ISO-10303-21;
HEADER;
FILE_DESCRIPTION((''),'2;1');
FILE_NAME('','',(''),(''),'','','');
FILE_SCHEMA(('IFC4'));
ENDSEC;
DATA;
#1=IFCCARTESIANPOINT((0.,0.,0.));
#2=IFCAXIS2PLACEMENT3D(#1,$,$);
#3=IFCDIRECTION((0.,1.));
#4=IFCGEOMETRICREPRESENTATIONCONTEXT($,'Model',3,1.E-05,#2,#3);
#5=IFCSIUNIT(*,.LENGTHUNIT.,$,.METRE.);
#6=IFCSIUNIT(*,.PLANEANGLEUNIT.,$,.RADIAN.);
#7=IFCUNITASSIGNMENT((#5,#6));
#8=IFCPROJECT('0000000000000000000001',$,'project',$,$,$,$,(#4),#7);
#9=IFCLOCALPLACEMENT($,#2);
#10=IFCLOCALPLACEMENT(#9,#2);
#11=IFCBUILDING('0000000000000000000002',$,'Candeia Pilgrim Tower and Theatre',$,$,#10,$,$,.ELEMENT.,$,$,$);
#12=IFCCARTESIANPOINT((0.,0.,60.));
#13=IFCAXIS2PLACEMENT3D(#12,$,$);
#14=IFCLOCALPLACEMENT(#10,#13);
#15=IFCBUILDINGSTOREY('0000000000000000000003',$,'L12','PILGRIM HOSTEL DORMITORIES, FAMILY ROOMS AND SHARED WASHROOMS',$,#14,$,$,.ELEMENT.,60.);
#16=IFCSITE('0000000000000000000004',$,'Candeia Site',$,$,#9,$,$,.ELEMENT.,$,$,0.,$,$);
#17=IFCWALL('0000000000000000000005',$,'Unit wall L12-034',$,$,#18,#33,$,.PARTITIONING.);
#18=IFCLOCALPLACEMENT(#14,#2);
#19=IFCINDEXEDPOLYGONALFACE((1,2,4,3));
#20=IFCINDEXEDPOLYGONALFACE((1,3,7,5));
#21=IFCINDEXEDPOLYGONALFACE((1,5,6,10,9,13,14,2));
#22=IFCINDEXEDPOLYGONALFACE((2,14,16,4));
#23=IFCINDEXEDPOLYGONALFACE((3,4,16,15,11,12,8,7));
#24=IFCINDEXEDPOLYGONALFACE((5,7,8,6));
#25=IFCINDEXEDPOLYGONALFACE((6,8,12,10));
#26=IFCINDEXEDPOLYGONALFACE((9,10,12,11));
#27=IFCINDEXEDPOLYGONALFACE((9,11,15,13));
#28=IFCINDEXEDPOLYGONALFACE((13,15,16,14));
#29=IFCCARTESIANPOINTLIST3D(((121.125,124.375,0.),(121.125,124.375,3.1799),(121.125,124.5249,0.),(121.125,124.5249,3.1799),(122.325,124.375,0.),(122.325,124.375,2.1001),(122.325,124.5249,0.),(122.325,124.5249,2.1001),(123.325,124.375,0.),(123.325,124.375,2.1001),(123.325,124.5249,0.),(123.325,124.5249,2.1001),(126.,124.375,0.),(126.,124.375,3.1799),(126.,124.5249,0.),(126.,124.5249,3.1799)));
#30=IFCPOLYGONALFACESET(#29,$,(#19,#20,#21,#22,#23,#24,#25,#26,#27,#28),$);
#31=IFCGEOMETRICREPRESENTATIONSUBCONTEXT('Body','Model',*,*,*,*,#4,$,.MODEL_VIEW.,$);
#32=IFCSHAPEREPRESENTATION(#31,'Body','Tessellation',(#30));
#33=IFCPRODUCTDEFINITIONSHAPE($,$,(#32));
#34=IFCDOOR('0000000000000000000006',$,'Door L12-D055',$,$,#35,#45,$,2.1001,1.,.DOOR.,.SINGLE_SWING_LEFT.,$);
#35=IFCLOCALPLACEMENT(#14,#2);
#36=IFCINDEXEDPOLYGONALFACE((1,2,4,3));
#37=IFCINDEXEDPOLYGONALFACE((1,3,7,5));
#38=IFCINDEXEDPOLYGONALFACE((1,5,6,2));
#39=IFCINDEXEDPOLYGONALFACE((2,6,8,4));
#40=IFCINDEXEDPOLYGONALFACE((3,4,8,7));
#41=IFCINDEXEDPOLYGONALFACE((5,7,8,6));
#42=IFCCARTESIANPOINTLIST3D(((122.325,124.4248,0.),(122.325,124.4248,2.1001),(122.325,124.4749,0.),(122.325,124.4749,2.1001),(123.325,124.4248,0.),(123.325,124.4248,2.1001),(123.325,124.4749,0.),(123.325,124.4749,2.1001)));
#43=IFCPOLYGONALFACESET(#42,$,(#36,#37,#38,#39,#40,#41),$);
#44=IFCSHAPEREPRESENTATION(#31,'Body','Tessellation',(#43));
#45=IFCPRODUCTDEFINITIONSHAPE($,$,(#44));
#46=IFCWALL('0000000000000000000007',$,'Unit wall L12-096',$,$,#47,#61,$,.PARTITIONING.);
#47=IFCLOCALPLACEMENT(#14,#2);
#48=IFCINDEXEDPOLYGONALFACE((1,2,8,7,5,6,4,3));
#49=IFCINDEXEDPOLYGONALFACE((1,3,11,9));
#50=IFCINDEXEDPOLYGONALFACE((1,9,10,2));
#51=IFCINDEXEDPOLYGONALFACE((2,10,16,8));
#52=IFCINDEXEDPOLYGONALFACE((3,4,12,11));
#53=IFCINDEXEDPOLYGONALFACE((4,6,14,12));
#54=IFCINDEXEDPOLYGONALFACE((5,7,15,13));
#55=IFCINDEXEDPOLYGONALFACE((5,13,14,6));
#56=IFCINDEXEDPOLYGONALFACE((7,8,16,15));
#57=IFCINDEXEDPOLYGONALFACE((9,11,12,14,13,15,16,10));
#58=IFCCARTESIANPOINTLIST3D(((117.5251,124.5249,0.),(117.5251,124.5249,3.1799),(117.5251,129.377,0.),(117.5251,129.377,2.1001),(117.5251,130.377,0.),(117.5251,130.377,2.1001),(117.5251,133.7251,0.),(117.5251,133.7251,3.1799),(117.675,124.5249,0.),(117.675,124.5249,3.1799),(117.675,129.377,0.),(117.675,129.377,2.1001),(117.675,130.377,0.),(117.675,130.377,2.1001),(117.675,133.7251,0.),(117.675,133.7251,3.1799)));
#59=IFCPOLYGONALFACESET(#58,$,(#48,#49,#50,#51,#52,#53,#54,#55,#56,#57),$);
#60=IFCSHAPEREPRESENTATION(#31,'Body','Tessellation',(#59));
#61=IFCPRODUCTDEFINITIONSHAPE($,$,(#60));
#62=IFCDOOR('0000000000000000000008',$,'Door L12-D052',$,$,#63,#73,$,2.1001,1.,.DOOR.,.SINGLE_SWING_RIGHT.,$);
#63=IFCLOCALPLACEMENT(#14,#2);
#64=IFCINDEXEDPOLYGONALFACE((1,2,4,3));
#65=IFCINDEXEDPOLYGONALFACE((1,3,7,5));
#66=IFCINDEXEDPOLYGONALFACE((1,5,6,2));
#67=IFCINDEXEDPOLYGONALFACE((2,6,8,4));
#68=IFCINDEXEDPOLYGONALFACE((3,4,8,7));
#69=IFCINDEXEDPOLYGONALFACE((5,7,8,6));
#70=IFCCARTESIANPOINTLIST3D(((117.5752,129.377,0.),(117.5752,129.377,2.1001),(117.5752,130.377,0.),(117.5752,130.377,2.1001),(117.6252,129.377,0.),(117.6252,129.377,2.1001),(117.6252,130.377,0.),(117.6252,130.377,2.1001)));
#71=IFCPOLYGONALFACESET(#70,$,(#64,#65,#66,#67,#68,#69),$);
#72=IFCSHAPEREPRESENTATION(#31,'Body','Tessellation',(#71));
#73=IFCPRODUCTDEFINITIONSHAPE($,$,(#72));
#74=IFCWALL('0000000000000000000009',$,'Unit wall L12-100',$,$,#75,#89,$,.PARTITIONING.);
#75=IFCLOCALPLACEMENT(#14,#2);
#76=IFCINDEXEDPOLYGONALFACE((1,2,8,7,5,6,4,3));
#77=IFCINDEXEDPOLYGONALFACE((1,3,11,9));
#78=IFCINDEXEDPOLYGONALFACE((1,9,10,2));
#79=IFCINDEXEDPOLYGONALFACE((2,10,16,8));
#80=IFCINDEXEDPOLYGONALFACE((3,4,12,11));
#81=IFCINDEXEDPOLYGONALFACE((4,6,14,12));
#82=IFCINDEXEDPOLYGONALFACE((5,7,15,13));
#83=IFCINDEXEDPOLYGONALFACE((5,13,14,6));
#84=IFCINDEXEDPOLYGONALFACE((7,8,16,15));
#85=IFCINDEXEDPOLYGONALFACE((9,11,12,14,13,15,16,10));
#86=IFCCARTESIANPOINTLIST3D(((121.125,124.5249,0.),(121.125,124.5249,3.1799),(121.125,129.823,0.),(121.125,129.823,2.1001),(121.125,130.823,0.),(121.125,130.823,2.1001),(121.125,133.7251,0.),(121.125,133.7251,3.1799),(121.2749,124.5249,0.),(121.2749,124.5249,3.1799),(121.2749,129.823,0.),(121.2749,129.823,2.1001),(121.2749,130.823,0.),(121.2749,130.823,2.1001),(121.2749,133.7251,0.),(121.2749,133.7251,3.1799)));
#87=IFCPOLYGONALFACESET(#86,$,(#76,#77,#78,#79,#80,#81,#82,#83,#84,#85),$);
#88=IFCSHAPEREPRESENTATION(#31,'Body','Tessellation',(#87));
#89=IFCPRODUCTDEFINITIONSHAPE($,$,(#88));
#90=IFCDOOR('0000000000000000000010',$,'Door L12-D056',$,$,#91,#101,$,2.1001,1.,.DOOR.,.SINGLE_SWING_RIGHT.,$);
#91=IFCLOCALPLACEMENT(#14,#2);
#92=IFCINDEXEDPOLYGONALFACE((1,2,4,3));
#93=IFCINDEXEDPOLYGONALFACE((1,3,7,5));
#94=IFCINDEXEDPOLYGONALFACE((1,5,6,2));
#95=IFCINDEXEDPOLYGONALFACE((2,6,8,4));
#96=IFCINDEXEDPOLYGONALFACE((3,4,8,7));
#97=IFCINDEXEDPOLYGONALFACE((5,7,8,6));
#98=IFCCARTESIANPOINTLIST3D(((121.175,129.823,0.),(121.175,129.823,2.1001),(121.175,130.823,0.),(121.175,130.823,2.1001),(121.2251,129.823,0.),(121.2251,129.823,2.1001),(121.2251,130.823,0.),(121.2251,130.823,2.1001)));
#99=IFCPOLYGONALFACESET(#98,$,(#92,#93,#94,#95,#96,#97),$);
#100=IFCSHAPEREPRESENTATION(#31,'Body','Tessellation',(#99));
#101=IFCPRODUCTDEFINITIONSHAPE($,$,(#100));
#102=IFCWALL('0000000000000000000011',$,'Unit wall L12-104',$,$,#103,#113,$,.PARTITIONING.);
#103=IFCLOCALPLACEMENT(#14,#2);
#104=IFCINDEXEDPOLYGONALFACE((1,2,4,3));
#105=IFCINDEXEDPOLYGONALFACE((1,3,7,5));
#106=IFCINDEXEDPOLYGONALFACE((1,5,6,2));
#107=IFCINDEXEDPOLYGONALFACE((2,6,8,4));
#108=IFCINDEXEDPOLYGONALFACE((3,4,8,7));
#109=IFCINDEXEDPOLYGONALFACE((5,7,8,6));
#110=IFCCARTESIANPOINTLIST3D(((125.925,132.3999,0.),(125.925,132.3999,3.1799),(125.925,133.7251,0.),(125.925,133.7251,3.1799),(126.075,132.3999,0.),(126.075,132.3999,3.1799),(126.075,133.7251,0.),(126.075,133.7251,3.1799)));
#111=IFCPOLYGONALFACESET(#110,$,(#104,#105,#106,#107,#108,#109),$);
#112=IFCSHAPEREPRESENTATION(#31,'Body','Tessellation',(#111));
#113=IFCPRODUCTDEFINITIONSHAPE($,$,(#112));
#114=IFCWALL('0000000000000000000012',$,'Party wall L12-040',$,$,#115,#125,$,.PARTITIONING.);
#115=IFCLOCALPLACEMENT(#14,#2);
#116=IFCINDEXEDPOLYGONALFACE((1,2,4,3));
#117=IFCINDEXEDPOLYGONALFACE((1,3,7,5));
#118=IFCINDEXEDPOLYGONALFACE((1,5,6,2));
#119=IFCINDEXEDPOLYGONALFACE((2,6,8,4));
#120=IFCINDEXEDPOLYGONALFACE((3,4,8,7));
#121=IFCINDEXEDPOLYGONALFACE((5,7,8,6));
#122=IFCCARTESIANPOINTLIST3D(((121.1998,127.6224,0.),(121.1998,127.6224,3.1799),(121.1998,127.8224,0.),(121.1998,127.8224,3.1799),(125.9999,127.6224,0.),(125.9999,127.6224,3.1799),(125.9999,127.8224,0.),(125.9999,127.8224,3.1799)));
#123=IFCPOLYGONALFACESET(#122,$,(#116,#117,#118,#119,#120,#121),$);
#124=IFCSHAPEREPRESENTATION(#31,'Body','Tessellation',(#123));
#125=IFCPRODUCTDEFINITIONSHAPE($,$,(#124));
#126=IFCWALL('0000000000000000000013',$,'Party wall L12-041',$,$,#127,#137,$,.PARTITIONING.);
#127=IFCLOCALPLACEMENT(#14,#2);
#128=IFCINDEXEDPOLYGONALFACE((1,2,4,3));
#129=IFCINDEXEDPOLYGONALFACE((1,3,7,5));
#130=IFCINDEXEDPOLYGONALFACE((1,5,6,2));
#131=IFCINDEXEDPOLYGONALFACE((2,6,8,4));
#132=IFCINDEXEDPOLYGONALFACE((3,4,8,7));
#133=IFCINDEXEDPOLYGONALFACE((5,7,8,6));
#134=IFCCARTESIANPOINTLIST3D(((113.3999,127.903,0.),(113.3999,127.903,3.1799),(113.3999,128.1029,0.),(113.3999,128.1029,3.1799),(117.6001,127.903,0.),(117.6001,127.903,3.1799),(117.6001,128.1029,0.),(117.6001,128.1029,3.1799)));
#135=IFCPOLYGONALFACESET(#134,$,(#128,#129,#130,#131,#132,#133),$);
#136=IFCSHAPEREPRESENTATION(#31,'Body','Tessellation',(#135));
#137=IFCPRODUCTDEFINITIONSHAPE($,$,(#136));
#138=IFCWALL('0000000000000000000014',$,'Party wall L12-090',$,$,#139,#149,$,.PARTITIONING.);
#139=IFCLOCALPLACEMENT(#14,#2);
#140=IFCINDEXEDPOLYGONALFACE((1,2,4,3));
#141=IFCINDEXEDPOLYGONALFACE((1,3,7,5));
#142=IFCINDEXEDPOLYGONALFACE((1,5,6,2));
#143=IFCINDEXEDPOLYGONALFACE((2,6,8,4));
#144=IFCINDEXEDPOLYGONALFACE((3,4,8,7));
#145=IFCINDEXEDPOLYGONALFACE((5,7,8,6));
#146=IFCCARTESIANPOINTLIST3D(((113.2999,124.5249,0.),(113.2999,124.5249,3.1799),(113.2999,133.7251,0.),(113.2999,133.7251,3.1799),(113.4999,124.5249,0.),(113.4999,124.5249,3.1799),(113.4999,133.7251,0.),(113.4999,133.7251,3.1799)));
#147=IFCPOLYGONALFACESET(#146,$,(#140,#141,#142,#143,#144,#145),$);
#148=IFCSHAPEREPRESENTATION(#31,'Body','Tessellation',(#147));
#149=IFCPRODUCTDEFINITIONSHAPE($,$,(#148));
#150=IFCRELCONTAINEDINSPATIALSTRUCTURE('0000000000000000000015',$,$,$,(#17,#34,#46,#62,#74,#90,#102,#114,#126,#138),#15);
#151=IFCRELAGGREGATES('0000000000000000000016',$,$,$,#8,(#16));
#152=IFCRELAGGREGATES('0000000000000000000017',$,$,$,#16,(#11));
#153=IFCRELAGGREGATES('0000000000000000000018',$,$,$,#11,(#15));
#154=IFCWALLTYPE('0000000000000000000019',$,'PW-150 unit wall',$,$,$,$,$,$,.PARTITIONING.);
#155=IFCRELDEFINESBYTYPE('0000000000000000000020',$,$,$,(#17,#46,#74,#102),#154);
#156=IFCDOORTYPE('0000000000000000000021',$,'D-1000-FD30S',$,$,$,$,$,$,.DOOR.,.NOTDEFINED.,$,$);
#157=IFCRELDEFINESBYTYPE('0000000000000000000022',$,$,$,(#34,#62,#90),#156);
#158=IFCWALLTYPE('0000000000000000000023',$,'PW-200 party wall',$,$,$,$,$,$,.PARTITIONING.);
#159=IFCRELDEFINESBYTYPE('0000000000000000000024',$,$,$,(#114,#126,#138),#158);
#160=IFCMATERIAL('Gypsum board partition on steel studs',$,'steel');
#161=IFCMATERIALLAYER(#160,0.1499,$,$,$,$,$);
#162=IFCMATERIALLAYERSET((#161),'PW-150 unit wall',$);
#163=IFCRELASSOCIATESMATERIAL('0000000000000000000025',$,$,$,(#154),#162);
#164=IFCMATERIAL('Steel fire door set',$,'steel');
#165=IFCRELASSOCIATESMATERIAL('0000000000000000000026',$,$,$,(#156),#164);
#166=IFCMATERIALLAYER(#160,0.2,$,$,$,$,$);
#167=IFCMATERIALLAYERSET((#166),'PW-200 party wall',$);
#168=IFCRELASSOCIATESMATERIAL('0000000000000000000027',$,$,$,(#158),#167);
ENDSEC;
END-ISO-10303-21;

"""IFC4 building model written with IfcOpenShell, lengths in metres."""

from ifc_helpers import new_model, si_unit, direction, frame, frame_2d, origin, place, context, subcontext, project, spatial, rectangle, extrude, material, layer, layer_set, type_object, element, fill, save


model = new_model("IFC4")

# Units and contexts
model_context = context("Model", 3, precision=1e-05, world=origin(), true_north=direction((0.0, 1.0)))
body_context = subcontext(model_context, "Body", "Model", "MODEL_VIEW")
ifc_project = project(units=[si_unit("LENGTHUNIT", "METRE"), si_unit("PLANEANGLEUNIT", "RADIAN")], contexts=[model_context])

# Site, building, storey
site_placement = place(None, origin())
site = spatial("IfcSite", under=ifc_project, at=site_placement, Name="Candeia Site", CompositionType="ELEMENT", RefElevation=0.0)
building_placement = place(site_placement, origin())
building = spatial("IfcBuilding", under=site, at=building_placement, Name="Candeia Pilgrim Tower and Theatre", CompositionType="ELEMENT")
storey_placement = place(building_placement, frame((0.0, 0.0, 60.0)))
storey = spatial("IfcBuildingStorey", under=building, at=storey_placement, Name="L12", Description="PILGRIM HOSTEL DORMITORIES, FAMILY ROOMS AND SHARED WASHROOMS", CompositionType="ELEMENT", Elevation=60.0)

# Shared definitions
ifc_material_1 = material(Name="Steel fire door set", Category="steel")
ifc_material_2 = material(Name="Gypsum board partition on steel studs", Category="steel")

# Shared definitions
ifc_layer_1 = layer(ifc_material_2, 0.1499)
ifc_layer_set_1 = layer_set([ifc_layer_1], Name="PW-150 unit wall")
wall_type_1 = type_object("IfcWallType", Name="PW-150 unit wall", PredefinedType="PARTITIONING", material=ifc_layer_set_1)

# Walls, openings, doors
wall_1_placement = place(storey_placement, frame((121.125, 124.45, 0.0), z_axis=(0.0, 0.0, 1.0), x_axis=(1.0, 0.0, 0.0)))
wall_1 = element("IfcWall", 1, at=wall_1_placement, inside=storey, type_object=wall_type_1, Name="Unit wall L12-034", PredefinedType="PARTITIONING", context=body_context, shape_type="SweptSolid", body=[
    extrude(rectangle(XDim=4.875, YDim=0.1499, at=frame_2d((2.4375, 0.0))), origin(), (0.0, 0.0, 1.0), 3.1799),
])
opening_1_placement = place(wall_1_placement, frame((1.2, 0.0, 0.0)))
opening_1 = element("IfcOpeningElement", 2, at=opening_1_placement, cuts=wall_1, PredefinedType="OPENING", context=body_context, shape_type="SweptSolid", body=[
    extrude(rectangle(XDim=1.0, YDim=2.1001, at=frame_2d((0.5, 1.05))), frame((0.0, 0.085, 0.0), z_axis=(0.0, -1.0, 0.0), x_axis=(1.0, 0.0, 0.0)), (0.0, 0.0, 1.0), 0.1699),
])
door_type_1 = type_object("IfcDoorType", Name="D-1000-FD30S", OperationType="NOTDEFINED", PredefinedType="DOOR", material=ifc_material_1)
door_1_placement = place(opening_1_placement, origin())
door_1 = element("IfcDoor", 3, at=door_1_placement, inside=storey, type_object=door_type_1, Name="Door L12-D055", OperationType="SINGLE_SWING_LEFT", OverallHeight=2.1001, OverallWidth=1.0, PredefinedType="DOOR", context=body_context, shape_type="SweptSolid", body=[
    extrude(rectangle(XDim=1.0, YDim=2.1001, at=frame_2d((0.5, 1.05))), frame((0.0, 0.0249, 0.0), z_axis=(0.0, -1.0, 0.0), x_axis=(1.0, 0.0, 0.0)), (0.0, 0.0, 1.0), 0.05),
])
fill(opening_1, door_1)
wall_2_placement = place(storey_placement, frame((117.6001, 124.5249, 0.0), z_axis=(0.0, 0.0, 1.0), x_axis=(0.0, 1.0, 0.0)))
wall_2 = element("IfcWall", 4, at=wall_2_placement, inside=storey, type_object=wall_type_1, Name="Unit wall L12-096", PredefinedType="PARTITIONING", context=body_context, shape_type="SweptSolid", body=[
    extrude(rectangle(XDim=9.2002, YDim=0.1499, at=frame_2d((4.6001, 0.0))), origin(), (0.0, 0.0, 1.0), 3.1799),
])
opening_2_placement = place(wall_2_placement, frame((4.8521, 0.0, 0.0)))
opening_2 = element("IfcOpeningElement", 5, at=opening_2_placement, cuts=wall_2, PredefinedType="OPENING", context=body_context, shape_type="SweptSolid", body=[
    extrude(rectangle(XDim=1.0, YDim=2.1001, at=frame_2d((0.5, 1.05))), frame((0.0, 0.085, 0.0), z_axis=(0.0, -1.0, 0.0), x_axis=(1.0, 0.0, 0.0)), (0.0, 0.0, 1.0), 0.1699),
])
door_2_placement = place(opening_2_placement, origin())
door_2 = element("IfcDoor", 6, at=door_2_placement, inside=storey, type_object=door_type_1, Name="Door L12-D052", OperationType="SINGLE_SWING_RIGHT", OverallHeight=2.1001, OverallWidth=1.0, PredefinedType="DOOR", context=body_context, shape_type="SweptSolid", body=[
    extrude(rectangle(XDim=1.0, YDim=2.1001, at=frame_2d((0.5, 1.05))), frame((0.0, 0.0249, 0.0), z_axis=(0.0, -1.0, 0.0), x_axis=(1.0, 0.0, 0.0)), (0.0, 0.0, 1.0), 0.05),
])
fill(opening_2, door_2)
wall_3_placement = place(storey_placement, frame((121.2, 124.5249, 0.0), z_axis=(0.0, 0.0, 1.0), x_axis=(0.0, 1.0, 0.0)))
wall_3 = element("IfcWall", 7, at=wall_3_placement, inside=storey, type_object=wall_type_1, Name="Unit wall L12-100", PredefinedType="PARTITIONING", context=body_context, shape_type="SweptSolid", body=[
    extrude(rectangle(XDim=9.2002, YDim=0.1499, at=frame_2d((4.6001, 0.0))), origin(), (0.0, 0.0, 1.0), 3.1799),
])
opening_3_placement = place(wall_3_placement, frame((5.2981, 0.0, 0.0)))
opening_3 = element("IfcOpeningElement", 8, at=opening_3_placement, cuts=wall_3, PredefinedType="OPENING", context=body_context, shape_type="SweptSolid", body=[
    extrude(rectangle(XDim=1.0, YDim=2.1001, at=frame_2d((0.5, 1.05))), frame((0.0, 0.085, 0.0), z_axis=(0.0, -1.0, 0.0), x_axis=(1.0, 0.0, 0.0)), (0.0, 0.0, 1.0), 0.1699),
])
door_3_placement = place(opening_3_placement, origin())
door_3 = element("IfcDoor", 9, at=door_3_placement, inside=storey, type_object=door_type_1, Name="Door L12-D056", OperationType="SINGLE_SWING_RIGHT", OverallHeight=2.1001, OverallWidth=1.0, PredefinedType="DOOR", context=body_context, shape_type="SweptSolid", body=[
    extrude(rectangle(XDim=1.0, YDim=2.1001, at=frame_2d((0.5, 1.05))), frame((0.0, 0.0249, 0.0), z_axis=(0.0, -1.0, 0.0), x_axis=(1.0, 0.0, 0.0)), (0.0, 0.0, 1.0), 0.05),
])
fill(opening_3, door_3)

# Walls
wall_4_placement = place(storey_placement, frame((126.0, 132.3999, 0.0), z_axis=(0.0, 0.0, 1.0), x_axis=(0.0, 1.0, 0.0)))
element("IfcWall", 10, at=wall_4_placement, inside=storey, type_object=wall_type_1, Name="Unit wall L12-104", PredefinedType="PARTITIONING", context=body_context, shape_type="SweptSolid", body=[
    extrude(rectangle(XDim=1.3252, YDim=0.1499, at=frame_2d((0.6626, 0.0))), origin(), (0.0, 0.0, 1.0), 3.1799),
])
ifc_layer_2 = layer(ifc_material_2, 0.2)
ifc_layer_set_2 = layer_set([ifc_layer_2], Name="PW-200 party wall")
wall_type_2 = type_object("IfcWallType", Name="PW-200 party wall", PredefinedType="PARTITIONING", material=ifc_layer_set_2)
wall_5_placement = place(storey_placement, frame((121.2, 127.7224, 0.0), z_axis=(0.0, 0.0, 1.0), x_axis=(1.0, 0.0, 0.0)))
element("IfcWall", 11, at=wall_5_placement, inside=storey, type_object=wall_type_2, Name="Party wall L12-040", PredefinedType="PARTITIONING", context=body_context, shape_type="SweptSolid", body=[
    extrude(rectangle(XDim=4.8, YDim=0.2, at=frame_2d((2.3999, 0.0))), origin(), (0.0, 0.0, 1.0), 3.1799),
])
wall_6_placement = place(storey_placement, frame((113.3999, 128.0029, 0.0), z_axis=(0.0, 0.0, 1.0), x_axis=(1.0, 0.0, 0.0)))
element("IfcWall", 12, at=wall_6_placement, inside=storey, type_object=wall_type_2, Name="Party wall L12-041", PredefinedType="PARTITIONING", context=body_context, shape_type="SweptSolid", body=[
    extrude(rectangle(XDim=4.2002, YDim=0.2, at=frame_2d((2.1001, 0.0))), origin(), (0.0, 0.0, 1.0), 3.1799),
])
wall_7_placement = place(storey_placement, frame((113.3999, 124.5249, 0.0), z_axis=(0.0, 0.0, 1.0), x_axis=(0.0, 1.0, 0.0)))
element("IfcWall", 13, at=wall_7_placement, inside=storey, type_object=wall_type_2, Name="Party wall L12-090", PredefinedType="PARTITIONING", context=body_context, shape_type="SweptSolid", body=[
    extrude(rectangle(XDim=9.2002, YDim=0.2, at=frame_2d((4.6001, 0.0))), origin(), (0.0, 0.0, 1.0), 3.1799),
])

save(model, "model.ifc")
